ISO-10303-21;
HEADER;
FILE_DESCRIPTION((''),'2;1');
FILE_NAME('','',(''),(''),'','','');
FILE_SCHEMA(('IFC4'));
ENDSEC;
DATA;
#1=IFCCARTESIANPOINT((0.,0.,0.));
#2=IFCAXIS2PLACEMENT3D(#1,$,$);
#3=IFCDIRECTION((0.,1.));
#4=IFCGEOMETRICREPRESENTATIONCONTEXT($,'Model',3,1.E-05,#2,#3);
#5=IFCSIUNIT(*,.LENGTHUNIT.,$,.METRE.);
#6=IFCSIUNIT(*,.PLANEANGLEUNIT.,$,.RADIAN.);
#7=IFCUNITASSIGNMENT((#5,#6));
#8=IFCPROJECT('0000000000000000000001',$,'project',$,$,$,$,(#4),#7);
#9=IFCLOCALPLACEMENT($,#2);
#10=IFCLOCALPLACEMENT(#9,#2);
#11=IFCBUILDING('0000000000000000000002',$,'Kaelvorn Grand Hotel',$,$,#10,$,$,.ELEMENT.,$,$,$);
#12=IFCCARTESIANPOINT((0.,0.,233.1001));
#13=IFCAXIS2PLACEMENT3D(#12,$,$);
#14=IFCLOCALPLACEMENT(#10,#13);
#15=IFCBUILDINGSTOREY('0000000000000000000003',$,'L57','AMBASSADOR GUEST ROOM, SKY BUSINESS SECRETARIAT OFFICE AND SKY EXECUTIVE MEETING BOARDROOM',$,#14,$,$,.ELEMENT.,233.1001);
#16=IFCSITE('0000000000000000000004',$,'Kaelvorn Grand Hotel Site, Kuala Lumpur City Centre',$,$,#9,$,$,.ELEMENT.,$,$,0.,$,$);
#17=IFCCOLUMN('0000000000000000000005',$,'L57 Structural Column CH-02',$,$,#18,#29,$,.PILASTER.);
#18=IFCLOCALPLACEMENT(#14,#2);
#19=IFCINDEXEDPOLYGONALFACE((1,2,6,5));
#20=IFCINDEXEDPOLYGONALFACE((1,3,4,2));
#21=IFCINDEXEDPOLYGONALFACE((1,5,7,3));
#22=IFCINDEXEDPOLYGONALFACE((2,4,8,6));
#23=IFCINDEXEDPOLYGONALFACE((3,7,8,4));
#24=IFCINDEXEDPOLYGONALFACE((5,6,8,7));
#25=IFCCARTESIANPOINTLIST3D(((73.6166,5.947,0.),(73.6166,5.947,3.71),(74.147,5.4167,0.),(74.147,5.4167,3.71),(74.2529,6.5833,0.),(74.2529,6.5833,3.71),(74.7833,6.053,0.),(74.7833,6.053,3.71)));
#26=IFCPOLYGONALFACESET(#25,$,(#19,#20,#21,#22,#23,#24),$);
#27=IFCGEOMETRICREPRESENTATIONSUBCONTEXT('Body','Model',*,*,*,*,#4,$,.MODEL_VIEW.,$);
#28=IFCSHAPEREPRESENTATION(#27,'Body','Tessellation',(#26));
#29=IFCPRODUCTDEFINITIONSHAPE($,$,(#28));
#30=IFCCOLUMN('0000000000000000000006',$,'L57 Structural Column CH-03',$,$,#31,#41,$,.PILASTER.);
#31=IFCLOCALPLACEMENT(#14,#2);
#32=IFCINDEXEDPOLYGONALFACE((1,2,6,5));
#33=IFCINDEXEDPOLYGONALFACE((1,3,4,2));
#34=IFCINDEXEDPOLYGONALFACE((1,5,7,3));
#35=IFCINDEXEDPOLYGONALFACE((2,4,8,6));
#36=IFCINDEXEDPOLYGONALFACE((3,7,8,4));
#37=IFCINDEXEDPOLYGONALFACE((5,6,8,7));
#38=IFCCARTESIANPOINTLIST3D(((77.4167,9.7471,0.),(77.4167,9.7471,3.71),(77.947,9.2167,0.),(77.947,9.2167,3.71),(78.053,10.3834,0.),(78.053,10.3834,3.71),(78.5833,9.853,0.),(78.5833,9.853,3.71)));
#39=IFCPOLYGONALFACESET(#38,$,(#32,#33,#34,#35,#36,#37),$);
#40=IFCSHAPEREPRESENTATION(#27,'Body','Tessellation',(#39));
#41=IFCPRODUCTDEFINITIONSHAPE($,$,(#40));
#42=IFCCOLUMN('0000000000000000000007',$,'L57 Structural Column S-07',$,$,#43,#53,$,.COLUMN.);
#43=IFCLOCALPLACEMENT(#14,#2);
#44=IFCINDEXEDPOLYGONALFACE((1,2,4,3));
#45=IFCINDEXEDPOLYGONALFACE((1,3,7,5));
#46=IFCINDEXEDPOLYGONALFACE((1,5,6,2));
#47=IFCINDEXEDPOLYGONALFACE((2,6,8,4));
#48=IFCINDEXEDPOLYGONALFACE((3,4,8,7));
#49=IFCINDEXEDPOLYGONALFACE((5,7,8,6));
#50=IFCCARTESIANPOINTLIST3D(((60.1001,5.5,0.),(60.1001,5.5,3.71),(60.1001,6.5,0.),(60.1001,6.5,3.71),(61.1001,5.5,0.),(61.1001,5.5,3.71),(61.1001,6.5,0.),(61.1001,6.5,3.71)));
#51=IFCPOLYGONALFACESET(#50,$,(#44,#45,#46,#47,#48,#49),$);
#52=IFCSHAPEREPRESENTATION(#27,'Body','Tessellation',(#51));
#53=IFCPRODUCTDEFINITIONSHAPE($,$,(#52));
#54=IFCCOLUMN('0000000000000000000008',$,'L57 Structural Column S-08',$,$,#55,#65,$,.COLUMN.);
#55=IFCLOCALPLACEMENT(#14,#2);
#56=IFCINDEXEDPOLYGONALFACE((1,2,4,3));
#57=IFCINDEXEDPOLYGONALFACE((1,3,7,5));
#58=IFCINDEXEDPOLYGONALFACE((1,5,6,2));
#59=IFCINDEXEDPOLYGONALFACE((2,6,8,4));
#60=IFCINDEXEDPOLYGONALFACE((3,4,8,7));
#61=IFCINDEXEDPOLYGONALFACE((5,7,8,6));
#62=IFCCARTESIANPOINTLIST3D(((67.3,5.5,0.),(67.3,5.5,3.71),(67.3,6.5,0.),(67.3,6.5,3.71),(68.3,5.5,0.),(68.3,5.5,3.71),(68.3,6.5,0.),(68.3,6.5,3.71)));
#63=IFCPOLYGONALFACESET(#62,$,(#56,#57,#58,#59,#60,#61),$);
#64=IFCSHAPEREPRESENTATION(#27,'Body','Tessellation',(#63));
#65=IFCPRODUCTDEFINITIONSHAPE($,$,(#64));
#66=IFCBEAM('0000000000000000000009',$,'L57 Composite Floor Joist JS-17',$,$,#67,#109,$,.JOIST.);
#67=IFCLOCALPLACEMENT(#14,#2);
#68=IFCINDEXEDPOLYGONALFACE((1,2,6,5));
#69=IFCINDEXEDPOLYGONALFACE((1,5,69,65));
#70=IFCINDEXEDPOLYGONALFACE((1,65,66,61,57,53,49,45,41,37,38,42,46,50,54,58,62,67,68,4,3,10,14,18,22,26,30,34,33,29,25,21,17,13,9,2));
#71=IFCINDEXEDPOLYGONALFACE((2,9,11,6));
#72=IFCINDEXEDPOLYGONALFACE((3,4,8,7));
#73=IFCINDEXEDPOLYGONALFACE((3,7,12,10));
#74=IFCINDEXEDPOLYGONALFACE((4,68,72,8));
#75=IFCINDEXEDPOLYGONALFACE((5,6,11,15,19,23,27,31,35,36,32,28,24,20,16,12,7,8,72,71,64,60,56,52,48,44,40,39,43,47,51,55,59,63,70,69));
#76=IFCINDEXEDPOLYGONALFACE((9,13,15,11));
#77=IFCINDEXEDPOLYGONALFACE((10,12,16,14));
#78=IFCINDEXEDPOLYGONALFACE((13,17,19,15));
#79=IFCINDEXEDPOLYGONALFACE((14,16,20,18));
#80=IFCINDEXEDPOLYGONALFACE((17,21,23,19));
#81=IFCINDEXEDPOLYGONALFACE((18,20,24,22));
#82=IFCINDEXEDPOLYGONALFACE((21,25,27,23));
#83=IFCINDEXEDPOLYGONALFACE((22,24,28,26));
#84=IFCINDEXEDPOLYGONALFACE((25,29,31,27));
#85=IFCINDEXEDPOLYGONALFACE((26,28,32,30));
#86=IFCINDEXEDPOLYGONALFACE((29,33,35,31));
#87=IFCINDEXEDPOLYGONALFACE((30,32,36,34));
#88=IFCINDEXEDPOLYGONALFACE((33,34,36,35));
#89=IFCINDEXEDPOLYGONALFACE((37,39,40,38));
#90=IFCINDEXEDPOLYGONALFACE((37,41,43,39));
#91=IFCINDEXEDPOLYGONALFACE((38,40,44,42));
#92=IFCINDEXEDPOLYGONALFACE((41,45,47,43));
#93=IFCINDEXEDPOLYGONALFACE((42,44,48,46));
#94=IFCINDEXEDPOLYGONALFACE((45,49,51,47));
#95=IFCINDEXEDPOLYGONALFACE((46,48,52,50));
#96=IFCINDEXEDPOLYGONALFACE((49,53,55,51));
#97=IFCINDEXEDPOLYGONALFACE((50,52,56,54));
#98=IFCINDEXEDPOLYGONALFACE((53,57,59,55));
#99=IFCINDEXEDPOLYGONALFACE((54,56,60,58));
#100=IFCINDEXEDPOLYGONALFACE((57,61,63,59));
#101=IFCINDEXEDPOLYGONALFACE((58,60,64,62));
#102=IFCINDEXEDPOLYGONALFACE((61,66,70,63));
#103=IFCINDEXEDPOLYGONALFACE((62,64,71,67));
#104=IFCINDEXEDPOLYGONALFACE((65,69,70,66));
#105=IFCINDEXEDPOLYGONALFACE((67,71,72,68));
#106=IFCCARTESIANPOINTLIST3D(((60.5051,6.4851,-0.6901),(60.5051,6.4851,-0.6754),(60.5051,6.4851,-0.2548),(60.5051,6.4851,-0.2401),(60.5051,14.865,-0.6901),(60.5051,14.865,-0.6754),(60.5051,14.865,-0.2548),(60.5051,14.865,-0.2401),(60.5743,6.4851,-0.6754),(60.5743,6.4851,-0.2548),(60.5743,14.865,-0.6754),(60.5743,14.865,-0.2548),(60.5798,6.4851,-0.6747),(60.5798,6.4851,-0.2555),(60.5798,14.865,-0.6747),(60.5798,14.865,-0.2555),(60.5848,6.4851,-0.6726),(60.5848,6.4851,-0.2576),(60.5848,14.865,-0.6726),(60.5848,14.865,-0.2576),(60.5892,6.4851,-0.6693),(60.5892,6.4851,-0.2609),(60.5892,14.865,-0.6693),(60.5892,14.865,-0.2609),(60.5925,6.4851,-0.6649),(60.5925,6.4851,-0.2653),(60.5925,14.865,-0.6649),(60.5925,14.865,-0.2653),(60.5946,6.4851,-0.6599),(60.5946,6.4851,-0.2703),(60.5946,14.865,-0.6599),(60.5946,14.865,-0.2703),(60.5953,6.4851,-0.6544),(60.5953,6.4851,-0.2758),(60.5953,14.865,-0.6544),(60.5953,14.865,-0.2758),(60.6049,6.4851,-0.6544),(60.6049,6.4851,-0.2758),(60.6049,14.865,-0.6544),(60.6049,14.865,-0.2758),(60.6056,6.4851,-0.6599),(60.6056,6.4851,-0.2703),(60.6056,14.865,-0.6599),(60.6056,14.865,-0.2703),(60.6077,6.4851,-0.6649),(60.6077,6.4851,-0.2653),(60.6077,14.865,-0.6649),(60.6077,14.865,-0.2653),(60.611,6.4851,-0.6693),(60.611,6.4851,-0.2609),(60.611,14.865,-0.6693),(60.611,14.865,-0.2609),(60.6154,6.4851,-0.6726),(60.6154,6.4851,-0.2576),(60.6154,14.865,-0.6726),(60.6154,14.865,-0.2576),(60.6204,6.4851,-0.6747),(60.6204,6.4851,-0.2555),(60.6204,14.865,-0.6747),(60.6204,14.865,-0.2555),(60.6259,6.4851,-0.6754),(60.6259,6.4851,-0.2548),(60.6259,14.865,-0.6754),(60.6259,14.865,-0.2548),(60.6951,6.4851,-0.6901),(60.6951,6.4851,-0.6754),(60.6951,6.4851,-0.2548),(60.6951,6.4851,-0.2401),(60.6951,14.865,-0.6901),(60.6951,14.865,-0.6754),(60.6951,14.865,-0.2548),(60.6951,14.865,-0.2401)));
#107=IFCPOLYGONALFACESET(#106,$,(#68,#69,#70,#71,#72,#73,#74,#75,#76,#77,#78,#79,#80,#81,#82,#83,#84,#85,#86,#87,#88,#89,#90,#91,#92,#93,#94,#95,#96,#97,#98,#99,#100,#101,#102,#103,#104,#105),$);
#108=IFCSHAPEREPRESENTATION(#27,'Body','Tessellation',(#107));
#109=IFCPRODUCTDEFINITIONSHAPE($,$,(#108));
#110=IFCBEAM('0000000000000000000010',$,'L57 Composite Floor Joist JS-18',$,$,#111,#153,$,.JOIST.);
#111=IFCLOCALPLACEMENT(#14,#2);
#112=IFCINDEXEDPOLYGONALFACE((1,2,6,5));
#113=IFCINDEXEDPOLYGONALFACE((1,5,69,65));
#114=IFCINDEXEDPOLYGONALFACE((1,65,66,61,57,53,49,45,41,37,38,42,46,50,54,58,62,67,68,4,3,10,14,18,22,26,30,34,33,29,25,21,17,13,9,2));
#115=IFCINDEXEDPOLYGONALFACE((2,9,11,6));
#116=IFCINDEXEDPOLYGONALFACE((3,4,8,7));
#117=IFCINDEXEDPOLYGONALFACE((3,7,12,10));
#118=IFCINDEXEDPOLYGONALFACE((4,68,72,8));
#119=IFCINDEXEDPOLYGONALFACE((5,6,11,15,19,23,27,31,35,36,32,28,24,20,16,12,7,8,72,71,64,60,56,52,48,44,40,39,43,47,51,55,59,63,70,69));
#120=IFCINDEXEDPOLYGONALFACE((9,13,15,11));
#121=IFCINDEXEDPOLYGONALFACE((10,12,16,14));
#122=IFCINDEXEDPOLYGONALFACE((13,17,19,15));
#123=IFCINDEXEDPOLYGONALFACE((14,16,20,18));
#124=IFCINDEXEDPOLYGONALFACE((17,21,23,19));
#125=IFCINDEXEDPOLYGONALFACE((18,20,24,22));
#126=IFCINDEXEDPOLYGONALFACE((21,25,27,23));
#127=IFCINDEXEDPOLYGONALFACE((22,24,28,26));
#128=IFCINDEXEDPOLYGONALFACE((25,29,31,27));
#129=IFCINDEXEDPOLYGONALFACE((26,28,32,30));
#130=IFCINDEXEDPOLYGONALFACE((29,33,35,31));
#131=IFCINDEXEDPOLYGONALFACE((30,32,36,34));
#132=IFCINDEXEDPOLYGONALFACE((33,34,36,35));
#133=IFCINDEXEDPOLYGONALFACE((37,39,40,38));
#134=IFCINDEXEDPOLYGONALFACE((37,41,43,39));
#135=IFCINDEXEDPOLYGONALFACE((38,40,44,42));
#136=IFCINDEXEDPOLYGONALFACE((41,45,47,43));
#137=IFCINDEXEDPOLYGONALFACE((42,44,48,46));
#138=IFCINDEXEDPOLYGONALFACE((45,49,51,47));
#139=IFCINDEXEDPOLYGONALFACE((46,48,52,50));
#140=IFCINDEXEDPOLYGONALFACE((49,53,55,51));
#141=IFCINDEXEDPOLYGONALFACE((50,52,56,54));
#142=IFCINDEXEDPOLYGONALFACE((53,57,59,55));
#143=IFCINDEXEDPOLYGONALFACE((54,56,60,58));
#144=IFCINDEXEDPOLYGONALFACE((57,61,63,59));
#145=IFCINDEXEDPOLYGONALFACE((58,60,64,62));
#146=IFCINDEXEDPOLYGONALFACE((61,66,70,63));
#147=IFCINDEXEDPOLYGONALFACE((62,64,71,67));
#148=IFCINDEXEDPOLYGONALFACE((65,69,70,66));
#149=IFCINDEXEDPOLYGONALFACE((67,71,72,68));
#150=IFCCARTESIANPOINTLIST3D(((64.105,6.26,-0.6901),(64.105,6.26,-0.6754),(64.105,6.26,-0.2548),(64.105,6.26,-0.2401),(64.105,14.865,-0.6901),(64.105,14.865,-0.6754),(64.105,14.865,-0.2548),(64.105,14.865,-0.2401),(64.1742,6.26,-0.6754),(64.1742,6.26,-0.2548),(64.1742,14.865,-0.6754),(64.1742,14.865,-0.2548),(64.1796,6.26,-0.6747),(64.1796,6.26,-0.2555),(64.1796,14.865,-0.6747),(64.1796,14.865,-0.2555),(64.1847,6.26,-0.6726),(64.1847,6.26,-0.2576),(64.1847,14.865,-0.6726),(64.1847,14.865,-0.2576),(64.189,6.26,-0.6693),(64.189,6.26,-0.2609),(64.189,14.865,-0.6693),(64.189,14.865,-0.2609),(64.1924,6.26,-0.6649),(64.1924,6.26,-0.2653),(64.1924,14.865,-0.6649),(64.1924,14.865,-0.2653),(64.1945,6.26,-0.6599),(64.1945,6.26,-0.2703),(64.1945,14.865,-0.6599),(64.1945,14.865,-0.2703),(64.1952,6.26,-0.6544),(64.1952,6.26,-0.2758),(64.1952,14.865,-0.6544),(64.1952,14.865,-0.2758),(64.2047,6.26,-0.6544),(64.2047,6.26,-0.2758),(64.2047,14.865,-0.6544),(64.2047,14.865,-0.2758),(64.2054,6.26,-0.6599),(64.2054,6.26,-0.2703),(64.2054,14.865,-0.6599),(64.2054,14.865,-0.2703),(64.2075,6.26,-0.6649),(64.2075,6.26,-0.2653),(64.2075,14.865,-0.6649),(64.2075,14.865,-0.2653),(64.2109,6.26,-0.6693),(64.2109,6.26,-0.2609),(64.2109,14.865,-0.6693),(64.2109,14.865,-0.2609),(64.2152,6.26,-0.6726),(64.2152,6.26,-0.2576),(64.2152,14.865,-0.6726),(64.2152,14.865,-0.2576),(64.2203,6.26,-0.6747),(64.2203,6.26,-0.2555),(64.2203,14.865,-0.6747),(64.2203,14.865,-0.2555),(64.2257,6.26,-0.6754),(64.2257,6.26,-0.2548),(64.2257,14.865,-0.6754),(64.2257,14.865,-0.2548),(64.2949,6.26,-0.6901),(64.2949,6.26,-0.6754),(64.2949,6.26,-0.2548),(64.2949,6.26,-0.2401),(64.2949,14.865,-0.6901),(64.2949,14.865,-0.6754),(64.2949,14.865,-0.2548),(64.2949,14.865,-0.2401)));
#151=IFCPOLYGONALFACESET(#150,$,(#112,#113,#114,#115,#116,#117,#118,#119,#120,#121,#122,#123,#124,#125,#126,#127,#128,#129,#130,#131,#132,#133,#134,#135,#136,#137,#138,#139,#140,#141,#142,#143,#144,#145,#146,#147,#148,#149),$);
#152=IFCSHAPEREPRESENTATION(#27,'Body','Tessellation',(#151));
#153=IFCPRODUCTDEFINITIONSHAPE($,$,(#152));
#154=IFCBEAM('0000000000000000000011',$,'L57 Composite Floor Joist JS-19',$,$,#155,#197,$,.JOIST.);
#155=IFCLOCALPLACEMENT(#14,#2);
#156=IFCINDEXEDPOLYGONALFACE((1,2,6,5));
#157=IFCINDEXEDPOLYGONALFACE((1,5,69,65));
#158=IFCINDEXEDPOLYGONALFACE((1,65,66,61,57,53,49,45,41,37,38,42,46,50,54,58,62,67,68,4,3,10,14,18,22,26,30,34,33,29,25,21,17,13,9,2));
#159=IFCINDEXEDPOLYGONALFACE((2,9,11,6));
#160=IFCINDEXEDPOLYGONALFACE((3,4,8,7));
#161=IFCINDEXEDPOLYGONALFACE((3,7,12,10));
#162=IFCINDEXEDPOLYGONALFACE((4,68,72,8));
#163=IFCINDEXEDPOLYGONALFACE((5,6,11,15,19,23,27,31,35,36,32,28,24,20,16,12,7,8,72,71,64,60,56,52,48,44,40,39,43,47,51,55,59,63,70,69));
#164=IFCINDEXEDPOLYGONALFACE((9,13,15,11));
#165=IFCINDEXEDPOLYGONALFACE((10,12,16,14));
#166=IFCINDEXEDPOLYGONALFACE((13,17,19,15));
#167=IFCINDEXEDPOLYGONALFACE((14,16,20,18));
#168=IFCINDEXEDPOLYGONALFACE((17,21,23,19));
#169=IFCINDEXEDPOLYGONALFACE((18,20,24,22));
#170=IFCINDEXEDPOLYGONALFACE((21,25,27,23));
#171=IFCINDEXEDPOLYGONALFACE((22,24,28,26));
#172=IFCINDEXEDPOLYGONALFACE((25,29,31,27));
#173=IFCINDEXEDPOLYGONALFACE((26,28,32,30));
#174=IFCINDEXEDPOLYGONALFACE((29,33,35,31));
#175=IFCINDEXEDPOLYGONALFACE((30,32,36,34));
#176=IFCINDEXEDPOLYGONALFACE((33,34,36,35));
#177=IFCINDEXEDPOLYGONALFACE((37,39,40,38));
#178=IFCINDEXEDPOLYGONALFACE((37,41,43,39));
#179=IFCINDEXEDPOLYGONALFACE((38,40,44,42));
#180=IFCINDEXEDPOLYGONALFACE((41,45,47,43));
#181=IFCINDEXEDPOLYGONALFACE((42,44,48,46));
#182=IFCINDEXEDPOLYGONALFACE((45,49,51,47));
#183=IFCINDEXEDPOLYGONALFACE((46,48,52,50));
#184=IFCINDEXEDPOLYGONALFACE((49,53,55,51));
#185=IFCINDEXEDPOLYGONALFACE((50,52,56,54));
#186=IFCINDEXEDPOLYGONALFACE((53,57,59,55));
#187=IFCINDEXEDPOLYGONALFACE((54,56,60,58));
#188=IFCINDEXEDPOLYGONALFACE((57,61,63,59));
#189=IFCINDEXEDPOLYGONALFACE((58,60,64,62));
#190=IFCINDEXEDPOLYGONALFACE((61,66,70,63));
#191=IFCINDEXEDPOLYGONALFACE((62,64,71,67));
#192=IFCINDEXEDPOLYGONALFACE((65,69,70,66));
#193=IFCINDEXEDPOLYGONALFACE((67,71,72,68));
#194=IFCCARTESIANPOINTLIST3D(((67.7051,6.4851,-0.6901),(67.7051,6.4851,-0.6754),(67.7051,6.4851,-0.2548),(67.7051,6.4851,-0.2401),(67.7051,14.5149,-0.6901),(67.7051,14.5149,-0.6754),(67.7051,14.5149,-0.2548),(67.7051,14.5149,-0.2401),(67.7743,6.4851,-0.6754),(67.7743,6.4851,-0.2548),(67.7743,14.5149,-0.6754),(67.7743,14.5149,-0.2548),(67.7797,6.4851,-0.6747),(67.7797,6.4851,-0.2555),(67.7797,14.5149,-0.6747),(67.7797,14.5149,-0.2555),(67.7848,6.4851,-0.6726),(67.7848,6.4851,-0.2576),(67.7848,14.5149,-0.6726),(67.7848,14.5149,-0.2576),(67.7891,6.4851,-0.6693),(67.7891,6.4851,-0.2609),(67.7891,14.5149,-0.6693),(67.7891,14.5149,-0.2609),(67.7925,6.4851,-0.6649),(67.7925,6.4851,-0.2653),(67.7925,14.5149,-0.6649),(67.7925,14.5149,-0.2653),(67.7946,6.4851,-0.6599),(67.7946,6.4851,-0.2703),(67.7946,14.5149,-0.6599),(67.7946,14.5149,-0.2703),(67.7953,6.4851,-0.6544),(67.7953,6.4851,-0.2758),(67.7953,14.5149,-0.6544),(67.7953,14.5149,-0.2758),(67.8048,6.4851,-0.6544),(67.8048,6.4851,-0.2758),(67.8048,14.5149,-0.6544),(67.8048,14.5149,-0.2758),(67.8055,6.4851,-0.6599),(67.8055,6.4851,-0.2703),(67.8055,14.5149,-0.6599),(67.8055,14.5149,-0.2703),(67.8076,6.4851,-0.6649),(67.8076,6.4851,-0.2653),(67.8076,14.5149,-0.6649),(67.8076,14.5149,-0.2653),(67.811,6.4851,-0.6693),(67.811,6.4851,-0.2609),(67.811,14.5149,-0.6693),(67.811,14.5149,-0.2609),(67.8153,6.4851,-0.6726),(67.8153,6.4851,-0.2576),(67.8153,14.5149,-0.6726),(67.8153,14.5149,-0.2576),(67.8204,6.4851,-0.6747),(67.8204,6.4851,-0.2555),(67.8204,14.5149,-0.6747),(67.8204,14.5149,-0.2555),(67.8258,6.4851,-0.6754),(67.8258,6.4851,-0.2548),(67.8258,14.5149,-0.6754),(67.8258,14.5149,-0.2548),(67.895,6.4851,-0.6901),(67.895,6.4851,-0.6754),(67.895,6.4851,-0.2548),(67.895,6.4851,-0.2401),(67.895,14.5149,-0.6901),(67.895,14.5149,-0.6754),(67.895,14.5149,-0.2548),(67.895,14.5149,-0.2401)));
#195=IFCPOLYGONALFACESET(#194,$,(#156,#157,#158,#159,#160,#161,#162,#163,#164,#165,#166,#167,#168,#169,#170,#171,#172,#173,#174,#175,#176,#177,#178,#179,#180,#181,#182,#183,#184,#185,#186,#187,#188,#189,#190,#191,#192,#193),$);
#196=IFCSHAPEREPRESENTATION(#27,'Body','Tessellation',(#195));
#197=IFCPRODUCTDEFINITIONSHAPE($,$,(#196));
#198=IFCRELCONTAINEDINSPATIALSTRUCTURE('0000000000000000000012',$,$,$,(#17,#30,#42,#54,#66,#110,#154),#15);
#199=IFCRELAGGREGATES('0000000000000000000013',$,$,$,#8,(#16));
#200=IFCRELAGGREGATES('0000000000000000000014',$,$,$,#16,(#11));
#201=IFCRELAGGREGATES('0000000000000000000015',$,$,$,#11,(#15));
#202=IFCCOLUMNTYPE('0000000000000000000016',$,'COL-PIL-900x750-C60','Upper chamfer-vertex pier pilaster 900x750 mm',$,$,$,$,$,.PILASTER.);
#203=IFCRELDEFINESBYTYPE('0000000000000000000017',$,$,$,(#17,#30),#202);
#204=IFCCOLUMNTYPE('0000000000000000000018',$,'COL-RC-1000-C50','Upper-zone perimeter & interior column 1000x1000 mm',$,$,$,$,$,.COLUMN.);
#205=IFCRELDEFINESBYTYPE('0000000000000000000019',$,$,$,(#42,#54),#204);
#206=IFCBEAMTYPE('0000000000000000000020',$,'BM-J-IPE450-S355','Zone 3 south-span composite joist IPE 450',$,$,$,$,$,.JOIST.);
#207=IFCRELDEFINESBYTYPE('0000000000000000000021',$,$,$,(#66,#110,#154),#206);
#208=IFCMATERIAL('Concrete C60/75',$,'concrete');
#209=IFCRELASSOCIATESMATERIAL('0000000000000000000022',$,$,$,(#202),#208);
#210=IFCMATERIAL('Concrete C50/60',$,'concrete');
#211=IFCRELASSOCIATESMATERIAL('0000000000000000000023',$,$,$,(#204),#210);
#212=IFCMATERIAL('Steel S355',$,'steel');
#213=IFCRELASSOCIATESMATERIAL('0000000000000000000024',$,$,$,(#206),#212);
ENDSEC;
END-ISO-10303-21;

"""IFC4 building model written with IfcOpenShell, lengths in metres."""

from ifc_helpers import new_model, si_unit, direction, frame, origin, origin_2d, place, context, subcontext, project, spatial, rectangle, i_section, extrude, material, material_profile, profile_set, type_object, element, save


model = new_model("IFC4")

# Units and contexts
model_context = context("Model", 3, precision=1e-05, world=origin(), true_north=direction((0.0, 1.0)))
body_context = subcontext(model_context, "Body", "Model", "MODEL_VIEW")
ifc_project = project(units=[si_unit("LENGTHUNIT", "METRE"), si_unit("PLANEANGLEUNIT", "RADIAN")], contexts=[model_context])

# Site, building, storey
site_placement = place(None, origin())
site = spatial("IfcSite", under=ifc_project, at=site_placement, Name="Kaelvorn Grand Hotel Site, Kuala Lumpur City Centre", CompositionType="ELEMENT", RefElevation=0.0)
building_placement = place(site_placement, origin())
building = spatial("IfcBuilding", under=site, at=building_placement, Name="Kaelvorn Grand Hotel", CompositionType="ELEMENT")
storey_placement = place(building_placement, frame((0.0, 0.0, 233.1001)))
storey = spatial("IfcBuildingStorey", under=building, at=storey_placement, Name="L57", Description="AMBASSADOR GUEST ROOM, SKY BUSINESS SECRETARIAT OFFICE AND SKY EXECUTIVE MEETING BOARDROOM", CompositionType="ELEMENT", Elevation=233.1001)

# Columns
ifc_material_1 = material(Name="Concrete C60/75", Category="concrete")
ifc_material_profile_1 = material_profile(ifc_material_1, rectangle(XDim=0.8999, YDim=0.75, at=origin_2d()), Name="RC PILASTER 900x750")
ifc_profile_set_1 = profile_set([ifc_material_profile_1], Name="Concrete C60/75")
column_type_1 = type_object("IfcColumnType", Name="COL-PIL-900x750-C60", Description="Upper chamfer-vertex pier pilaster 900x750 mm", PredefinedType="PILASTER", material=ifc_profile_set_1)
for number, where, z_axis, x_axis, name in (
    (1, (74.2, 6.0, 0.0), (0.0, 0.0, 1.0), (0.707107, 0.707107, 0.0), "L57 Structural Column CH-02"),
    (2, (78.0, 9.8, 0.0), (0.0, 0.0, 1.0), (0.707107, 0.707107, 0.0), "L57 Structural Column CH-03"),
):
    element("IfcColumn", number, at=place(storey_placement, frame(where, z_axis=z_axis, x_axis=x_axis)), inside=storey, type_object=column_type_1, Name=name, PredefinedType="PILASTER", context=body_context, shape_type="SweptSolid", body=[
        extrude(rectangle(XDim=0.8999, YDim=0.75, at=origin_2d()), origin(), (0.0, 0.0, 1.0), 3.71),
    ])
ifc_material_2 = material(Name="Concrete C50/60", Category="concrete")
ifc_material_profile_2 = material_profile(ifc_material_2, rectangle(XDim=1.0, YDim=1.0, at=origin_2d()), Name="RC COL 1000x1000")
ifc_profile_set_2 = profile_set([ifc_material_profile_2], Name="Concrete C50/60")
column_type_2 = type_object("IfcColumnType", Name="COL-RC-1000-C50", Description="Upper-zone perimeter & interior column 1000x1000 mm", PredefinedType="COLUMN", material=ifc_profile_set_2)
for number, where, z_axis, x_axis, name in (
    (3, (60.6001, 6.0, 0.0), (0.0, 0.0, 1.0), (1.0, 0.0, 0.0), "L57 Structural Column S-07"),
    (4, (67.8, 6.0, 0.0), (0.0, 0.0, 1.0), (1.0, 0.0, 0.0), "L57 Structural Column S-08"),
):
    element("IfcColumn", number, at=place(storey_placement, frame(where, z_axis=z_axis, x_axis=x_axis)), inside=storey, type_object=column_type_2, Name=name, PredefinedType="COLUMN", context=body_context, shape_type="SweptSolid", body=[
        extrude(rectangle(XDim=1.0, YDim=1.0, at=origin_2d()), origin(), (0.0, 0.0, 1.0), 3.71),
    ])

# Beams
ifc_material_3 = material(Name="Steel S355", Category="steel")
ifc_material_profile_3 = material_profile(ifc_material_3, i_section(OverallWidth=0.1899, OverallDepth=0.45, WebThickness=0.0095, FlangeThickness=0.0146, FilletRadius=0.021, at=origin_2d()), Name="IPE 450")
ifc_profile_set_3 = profile_set([ifc_material_profile_3], Name="Steel S355")
beam_type_1 = type_object("IfcBeamType", Name="BM-J-IPE450-S355", Description="Zone 3 south-span composite joist IPE 450", PredefinedType="JOIST", material=ifc_profile_set_3)
beam_1_placement = place(storey_placement, frame((60.6001, 6.4851, -0.4651), z_axis=(0.0, 1.0, 0.0), x_axis=(-1.0, 0.0, 0.0)))
element("IfcBeam", 5, at=beam_1_placement, inside=storey, type_object=beam_type_1, Name="L57 Composite Floor Joist JS-17", PredefinedType="JOIST", context=body_context, shape_type="SweptSolid", body=[
    extrude(i_section(OverallWidth=0.1899, OverallDepth=0.45, WebThickness=0.0095, FlangeThickness=0.0146, FilletRadius=0.021, at=origin_2d()), origin(), (0.0, 0.0, 1.0), 8.3799),
])
beam_2_placement = place(storey_placement, frame((64.2, 6.26, -0.4651), z_axis=(0.0, 1.0, 0.0), x_axis=(-1.0, 0.0, 0.0)))
element("IfcBeam", 6, at=beam_2_placement, inside=storey, type_object=beam_type_1, Name="L57 Composite Floor Joist JS-18", PredefinedType="JOIST", context=body_context, shape_type="SweptSolid", body=[
    extrude(i_section(OverallWidth=0.1899, OverallDepth=0.45, WebThickness=0.0095, FlangeThickness=0.0146, FilletRadius=0.021, at=origin_2d()), origin(), (0.0, 0.0, 1.0), 8.605),
])
beam_3_placement = place(storey_placement, frame((67.8, 6.4851, -0.4651), z_axis=(0.0, 1.0, 0.0), x_axis=(-1.0, 0.0, 0.0)))
element("IfcBeam", 7, at=beam_3_placement, inside=storey, type_object=beam_type_1, Name="L57 Composite Floor Joist JS-19", PredefinedType="JOIST", context=body_context, shape_type="SweptSolid", body=[
    extrude(i_section(OverallWidth=0.1899, OverallDepth=0.45, WebThickness=0.0095, FlangeThickness=0.0146, FilletRadius=0.021, at=origin_2d()), origin(), (0.0, 0.0, 1.0), 8.0298),
])

save(model, "model.ifc")
